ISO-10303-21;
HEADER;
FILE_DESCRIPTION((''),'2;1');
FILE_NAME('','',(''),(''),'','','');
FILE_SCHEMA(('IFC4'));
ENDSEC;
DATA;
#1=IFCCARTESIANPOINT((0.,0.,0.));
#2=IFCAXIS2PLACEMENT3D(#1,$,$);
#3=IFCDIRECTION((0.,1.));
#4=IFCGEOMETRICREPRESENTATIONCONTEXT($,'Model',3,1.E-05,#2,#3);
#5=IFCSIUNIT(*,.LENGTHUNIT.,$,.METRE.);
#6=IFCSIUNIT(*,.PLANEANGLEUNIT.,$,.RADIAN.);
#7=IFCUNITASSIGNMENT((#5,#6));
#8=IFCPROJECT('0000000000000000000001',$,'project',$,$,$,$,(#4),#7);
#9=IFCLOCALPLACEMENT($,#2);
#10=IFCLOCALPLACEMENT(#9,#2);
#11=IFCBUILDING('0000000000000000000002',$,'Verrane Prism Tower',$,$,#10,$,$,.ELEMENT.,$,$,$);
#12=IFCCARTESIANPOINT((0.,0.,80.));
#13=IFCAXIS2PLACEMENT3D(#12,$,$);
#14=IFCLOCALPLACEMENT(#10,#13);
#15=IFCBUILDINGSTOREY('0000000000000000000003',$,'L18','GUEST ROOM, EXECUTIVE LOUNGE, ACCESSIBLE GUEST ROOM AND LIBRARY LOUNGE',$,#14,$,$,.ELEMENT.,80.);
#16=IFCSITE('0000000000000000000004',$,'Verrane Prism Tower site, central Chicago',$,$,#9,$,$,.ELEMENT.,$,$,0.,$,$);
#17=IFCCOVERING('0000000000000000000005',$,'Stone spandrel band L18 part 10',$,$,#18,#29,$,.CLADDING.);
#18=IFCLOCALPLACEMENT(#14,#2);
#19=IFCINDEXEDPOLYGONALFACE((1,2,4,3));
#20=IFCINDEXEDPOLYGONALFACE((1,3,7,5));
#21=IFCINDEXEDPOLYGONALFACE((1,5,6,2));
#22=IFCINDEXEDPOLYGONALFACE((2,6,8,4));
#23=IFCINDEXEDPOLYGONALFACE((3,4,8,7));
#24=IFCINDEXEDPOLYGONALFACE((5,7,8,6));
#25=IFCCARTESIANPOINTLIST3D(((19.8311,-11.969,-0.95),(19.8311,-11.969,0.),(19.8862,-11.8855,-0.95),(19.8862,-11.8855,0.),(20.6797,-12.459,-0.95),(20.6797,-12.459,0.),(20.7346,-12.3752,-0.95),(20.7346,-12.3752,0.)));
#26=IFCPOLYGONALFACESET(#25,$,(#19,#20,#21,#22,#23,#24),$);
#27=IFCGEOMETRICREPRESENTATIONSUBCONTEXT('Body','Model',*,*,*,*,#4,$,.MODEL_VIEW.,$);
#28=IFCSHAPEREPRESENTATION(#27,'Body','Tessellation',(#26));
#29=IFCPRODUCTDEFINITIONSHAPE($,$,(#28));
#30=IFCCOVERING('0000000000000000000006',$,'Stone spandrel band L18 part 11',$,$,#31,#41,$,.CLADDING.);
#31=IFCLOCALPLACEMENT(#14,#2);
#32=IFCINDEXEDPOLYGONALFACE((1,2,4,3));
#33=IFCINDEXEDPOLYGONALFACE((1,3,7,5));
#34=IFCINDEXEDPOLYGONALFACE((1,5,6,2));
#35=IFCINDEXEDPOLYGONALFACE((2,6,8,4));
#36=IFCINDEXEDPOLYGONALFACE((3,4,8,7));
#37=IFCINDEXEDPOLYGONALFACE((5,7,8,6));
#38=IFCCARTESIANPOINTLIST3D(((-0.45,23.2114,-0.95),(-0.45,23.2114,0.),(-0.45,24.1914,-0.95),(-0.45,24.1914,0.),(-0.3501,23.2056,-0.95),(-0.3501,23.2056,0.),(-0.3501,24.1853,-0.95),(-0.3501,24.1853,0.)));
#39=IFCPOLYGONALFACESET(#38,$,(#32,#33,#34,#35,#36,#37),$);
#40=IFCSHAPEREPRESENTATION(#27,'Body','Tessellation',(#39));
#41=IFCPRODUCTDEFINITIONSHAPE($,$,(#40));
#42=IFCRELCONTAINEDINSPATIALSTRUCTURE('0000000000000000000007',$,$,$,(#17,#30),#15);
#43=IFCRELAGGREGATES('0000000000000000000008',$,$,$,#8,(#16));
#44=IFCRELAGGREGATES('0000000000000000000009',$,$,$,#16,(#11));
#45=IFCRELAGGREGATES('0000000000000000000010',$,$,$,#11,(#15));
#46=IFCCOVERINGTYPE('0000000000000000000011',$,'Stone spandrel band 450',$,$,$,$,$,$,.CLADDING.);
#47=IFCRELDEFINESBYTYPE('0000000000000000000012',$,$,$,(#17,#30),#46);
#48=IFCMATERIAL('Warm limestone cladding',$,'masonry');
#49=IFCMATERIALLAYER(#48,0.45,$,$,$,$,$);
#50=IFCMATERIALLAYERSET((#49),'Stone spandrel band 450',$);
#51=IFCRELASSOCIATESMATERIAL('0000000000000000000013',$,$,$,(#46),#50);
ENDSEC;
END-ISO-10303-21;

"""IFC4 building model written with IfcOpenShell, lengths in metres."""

from ifc_helpers import new_model, si_unit, direction, frame, origin, place, context, subcontext, project, spatial, polyline, outline, extrude, material, layer, layer_set, type_object, element, save


model = new_model("IFC4")

# Units and contexts
model_context = context("Model", 3, precision=1e-05, world=origin(), true_north=direction((0.0, 1.0)))
body_context = subcontext(model_context, "Body", "Model", "MODEL_VIEW")
ifc_project = project(units=[si_unit("LENGTHUNIT", "METRE"), si_unit("PLANEANGLEUNIT", "RADIAN")], contexts=[model_context])

# Site, building, storey
site_placement = place(None, origin())
site = spatial("IfcSite", under=ifc_project, at=site_placement, Name="Verrane Prism Tower site, central Chicago", CompositionType="ELEMENT", RefElevation=0.0)
building_placement = place(site_placement, origin())
building = spatial("IfcBuilding", under=site, at=building_placement, Name="Verrane Prism Tower", CompositionType="ELEMENT")
storey_placement = place(building_placement, frame((0.0, 0.0, 80.0)))
storey = spatial("IfcBuildingStorey", under=building, at=storey_placement, Name="L18", Description="GUEST ROOM, EXECUTIVE LOUNGE, ACCESSIBLE GUEST ROOM AND LIBRARY LOUNGE", CompositionType="ELEMENT", Elevation=80.0)

# Coverings
ifc_material_1 = material(Name="Warm limestone cladding", Category="masonry")
ifc_layer_1 = layer(ifc_material_1, 0.45)
ifc_layer_set_1 = layer_set([ifc_layer_1], Name="Stone spandrel band 450")
covering_type_1 = type_object("IfcCoveringType", Name="Stone spandrel band 450", PredefinedType="CLADDING", material=ifc_layer_set_1)
covering_1_placement = place(storey_placement, frame((0.0, 0.0, -0.95)))
element("IfcCovering", 1, at=covering_1_placement, inside=storey, type_object=covering_type_1, Name="Stone spandrel band L18 part 10", PredefinedType="CLADDING", context=body_context, shape_type="SweptSolid", body=[
    extrude(outline(polyline([(19.8311, -11.969), (20.6797, -12.459), (20.7346, -12.3752), (19.8862, -11.8855), (19.8311, -11.969)])), origin(), (0.0, 0.0, 1.0), 0.95),
])
covering_2_placement = place(storey_placement, frame((0.0, 0.0, -0.95)))
element("IfcCovering", 2, at=covering_2_placement, inside=storey, type_object=covering_type_1, Name="Stone spandrel band L18 part 11", PredefinedType="CLADDING", context=body_context, shape_type="SweptSolid", body=[
    extrude(outline(polyline([(-0.3501, 24.1853), (-0.45, 24.1914), (-0.45, 23.2114), (-0.3501, 23.2056), (-0.3501, 24.1853)])), origin(), (0.0, 0.0, 1.0), 0.95),
])

save(model, "model.ifc")
